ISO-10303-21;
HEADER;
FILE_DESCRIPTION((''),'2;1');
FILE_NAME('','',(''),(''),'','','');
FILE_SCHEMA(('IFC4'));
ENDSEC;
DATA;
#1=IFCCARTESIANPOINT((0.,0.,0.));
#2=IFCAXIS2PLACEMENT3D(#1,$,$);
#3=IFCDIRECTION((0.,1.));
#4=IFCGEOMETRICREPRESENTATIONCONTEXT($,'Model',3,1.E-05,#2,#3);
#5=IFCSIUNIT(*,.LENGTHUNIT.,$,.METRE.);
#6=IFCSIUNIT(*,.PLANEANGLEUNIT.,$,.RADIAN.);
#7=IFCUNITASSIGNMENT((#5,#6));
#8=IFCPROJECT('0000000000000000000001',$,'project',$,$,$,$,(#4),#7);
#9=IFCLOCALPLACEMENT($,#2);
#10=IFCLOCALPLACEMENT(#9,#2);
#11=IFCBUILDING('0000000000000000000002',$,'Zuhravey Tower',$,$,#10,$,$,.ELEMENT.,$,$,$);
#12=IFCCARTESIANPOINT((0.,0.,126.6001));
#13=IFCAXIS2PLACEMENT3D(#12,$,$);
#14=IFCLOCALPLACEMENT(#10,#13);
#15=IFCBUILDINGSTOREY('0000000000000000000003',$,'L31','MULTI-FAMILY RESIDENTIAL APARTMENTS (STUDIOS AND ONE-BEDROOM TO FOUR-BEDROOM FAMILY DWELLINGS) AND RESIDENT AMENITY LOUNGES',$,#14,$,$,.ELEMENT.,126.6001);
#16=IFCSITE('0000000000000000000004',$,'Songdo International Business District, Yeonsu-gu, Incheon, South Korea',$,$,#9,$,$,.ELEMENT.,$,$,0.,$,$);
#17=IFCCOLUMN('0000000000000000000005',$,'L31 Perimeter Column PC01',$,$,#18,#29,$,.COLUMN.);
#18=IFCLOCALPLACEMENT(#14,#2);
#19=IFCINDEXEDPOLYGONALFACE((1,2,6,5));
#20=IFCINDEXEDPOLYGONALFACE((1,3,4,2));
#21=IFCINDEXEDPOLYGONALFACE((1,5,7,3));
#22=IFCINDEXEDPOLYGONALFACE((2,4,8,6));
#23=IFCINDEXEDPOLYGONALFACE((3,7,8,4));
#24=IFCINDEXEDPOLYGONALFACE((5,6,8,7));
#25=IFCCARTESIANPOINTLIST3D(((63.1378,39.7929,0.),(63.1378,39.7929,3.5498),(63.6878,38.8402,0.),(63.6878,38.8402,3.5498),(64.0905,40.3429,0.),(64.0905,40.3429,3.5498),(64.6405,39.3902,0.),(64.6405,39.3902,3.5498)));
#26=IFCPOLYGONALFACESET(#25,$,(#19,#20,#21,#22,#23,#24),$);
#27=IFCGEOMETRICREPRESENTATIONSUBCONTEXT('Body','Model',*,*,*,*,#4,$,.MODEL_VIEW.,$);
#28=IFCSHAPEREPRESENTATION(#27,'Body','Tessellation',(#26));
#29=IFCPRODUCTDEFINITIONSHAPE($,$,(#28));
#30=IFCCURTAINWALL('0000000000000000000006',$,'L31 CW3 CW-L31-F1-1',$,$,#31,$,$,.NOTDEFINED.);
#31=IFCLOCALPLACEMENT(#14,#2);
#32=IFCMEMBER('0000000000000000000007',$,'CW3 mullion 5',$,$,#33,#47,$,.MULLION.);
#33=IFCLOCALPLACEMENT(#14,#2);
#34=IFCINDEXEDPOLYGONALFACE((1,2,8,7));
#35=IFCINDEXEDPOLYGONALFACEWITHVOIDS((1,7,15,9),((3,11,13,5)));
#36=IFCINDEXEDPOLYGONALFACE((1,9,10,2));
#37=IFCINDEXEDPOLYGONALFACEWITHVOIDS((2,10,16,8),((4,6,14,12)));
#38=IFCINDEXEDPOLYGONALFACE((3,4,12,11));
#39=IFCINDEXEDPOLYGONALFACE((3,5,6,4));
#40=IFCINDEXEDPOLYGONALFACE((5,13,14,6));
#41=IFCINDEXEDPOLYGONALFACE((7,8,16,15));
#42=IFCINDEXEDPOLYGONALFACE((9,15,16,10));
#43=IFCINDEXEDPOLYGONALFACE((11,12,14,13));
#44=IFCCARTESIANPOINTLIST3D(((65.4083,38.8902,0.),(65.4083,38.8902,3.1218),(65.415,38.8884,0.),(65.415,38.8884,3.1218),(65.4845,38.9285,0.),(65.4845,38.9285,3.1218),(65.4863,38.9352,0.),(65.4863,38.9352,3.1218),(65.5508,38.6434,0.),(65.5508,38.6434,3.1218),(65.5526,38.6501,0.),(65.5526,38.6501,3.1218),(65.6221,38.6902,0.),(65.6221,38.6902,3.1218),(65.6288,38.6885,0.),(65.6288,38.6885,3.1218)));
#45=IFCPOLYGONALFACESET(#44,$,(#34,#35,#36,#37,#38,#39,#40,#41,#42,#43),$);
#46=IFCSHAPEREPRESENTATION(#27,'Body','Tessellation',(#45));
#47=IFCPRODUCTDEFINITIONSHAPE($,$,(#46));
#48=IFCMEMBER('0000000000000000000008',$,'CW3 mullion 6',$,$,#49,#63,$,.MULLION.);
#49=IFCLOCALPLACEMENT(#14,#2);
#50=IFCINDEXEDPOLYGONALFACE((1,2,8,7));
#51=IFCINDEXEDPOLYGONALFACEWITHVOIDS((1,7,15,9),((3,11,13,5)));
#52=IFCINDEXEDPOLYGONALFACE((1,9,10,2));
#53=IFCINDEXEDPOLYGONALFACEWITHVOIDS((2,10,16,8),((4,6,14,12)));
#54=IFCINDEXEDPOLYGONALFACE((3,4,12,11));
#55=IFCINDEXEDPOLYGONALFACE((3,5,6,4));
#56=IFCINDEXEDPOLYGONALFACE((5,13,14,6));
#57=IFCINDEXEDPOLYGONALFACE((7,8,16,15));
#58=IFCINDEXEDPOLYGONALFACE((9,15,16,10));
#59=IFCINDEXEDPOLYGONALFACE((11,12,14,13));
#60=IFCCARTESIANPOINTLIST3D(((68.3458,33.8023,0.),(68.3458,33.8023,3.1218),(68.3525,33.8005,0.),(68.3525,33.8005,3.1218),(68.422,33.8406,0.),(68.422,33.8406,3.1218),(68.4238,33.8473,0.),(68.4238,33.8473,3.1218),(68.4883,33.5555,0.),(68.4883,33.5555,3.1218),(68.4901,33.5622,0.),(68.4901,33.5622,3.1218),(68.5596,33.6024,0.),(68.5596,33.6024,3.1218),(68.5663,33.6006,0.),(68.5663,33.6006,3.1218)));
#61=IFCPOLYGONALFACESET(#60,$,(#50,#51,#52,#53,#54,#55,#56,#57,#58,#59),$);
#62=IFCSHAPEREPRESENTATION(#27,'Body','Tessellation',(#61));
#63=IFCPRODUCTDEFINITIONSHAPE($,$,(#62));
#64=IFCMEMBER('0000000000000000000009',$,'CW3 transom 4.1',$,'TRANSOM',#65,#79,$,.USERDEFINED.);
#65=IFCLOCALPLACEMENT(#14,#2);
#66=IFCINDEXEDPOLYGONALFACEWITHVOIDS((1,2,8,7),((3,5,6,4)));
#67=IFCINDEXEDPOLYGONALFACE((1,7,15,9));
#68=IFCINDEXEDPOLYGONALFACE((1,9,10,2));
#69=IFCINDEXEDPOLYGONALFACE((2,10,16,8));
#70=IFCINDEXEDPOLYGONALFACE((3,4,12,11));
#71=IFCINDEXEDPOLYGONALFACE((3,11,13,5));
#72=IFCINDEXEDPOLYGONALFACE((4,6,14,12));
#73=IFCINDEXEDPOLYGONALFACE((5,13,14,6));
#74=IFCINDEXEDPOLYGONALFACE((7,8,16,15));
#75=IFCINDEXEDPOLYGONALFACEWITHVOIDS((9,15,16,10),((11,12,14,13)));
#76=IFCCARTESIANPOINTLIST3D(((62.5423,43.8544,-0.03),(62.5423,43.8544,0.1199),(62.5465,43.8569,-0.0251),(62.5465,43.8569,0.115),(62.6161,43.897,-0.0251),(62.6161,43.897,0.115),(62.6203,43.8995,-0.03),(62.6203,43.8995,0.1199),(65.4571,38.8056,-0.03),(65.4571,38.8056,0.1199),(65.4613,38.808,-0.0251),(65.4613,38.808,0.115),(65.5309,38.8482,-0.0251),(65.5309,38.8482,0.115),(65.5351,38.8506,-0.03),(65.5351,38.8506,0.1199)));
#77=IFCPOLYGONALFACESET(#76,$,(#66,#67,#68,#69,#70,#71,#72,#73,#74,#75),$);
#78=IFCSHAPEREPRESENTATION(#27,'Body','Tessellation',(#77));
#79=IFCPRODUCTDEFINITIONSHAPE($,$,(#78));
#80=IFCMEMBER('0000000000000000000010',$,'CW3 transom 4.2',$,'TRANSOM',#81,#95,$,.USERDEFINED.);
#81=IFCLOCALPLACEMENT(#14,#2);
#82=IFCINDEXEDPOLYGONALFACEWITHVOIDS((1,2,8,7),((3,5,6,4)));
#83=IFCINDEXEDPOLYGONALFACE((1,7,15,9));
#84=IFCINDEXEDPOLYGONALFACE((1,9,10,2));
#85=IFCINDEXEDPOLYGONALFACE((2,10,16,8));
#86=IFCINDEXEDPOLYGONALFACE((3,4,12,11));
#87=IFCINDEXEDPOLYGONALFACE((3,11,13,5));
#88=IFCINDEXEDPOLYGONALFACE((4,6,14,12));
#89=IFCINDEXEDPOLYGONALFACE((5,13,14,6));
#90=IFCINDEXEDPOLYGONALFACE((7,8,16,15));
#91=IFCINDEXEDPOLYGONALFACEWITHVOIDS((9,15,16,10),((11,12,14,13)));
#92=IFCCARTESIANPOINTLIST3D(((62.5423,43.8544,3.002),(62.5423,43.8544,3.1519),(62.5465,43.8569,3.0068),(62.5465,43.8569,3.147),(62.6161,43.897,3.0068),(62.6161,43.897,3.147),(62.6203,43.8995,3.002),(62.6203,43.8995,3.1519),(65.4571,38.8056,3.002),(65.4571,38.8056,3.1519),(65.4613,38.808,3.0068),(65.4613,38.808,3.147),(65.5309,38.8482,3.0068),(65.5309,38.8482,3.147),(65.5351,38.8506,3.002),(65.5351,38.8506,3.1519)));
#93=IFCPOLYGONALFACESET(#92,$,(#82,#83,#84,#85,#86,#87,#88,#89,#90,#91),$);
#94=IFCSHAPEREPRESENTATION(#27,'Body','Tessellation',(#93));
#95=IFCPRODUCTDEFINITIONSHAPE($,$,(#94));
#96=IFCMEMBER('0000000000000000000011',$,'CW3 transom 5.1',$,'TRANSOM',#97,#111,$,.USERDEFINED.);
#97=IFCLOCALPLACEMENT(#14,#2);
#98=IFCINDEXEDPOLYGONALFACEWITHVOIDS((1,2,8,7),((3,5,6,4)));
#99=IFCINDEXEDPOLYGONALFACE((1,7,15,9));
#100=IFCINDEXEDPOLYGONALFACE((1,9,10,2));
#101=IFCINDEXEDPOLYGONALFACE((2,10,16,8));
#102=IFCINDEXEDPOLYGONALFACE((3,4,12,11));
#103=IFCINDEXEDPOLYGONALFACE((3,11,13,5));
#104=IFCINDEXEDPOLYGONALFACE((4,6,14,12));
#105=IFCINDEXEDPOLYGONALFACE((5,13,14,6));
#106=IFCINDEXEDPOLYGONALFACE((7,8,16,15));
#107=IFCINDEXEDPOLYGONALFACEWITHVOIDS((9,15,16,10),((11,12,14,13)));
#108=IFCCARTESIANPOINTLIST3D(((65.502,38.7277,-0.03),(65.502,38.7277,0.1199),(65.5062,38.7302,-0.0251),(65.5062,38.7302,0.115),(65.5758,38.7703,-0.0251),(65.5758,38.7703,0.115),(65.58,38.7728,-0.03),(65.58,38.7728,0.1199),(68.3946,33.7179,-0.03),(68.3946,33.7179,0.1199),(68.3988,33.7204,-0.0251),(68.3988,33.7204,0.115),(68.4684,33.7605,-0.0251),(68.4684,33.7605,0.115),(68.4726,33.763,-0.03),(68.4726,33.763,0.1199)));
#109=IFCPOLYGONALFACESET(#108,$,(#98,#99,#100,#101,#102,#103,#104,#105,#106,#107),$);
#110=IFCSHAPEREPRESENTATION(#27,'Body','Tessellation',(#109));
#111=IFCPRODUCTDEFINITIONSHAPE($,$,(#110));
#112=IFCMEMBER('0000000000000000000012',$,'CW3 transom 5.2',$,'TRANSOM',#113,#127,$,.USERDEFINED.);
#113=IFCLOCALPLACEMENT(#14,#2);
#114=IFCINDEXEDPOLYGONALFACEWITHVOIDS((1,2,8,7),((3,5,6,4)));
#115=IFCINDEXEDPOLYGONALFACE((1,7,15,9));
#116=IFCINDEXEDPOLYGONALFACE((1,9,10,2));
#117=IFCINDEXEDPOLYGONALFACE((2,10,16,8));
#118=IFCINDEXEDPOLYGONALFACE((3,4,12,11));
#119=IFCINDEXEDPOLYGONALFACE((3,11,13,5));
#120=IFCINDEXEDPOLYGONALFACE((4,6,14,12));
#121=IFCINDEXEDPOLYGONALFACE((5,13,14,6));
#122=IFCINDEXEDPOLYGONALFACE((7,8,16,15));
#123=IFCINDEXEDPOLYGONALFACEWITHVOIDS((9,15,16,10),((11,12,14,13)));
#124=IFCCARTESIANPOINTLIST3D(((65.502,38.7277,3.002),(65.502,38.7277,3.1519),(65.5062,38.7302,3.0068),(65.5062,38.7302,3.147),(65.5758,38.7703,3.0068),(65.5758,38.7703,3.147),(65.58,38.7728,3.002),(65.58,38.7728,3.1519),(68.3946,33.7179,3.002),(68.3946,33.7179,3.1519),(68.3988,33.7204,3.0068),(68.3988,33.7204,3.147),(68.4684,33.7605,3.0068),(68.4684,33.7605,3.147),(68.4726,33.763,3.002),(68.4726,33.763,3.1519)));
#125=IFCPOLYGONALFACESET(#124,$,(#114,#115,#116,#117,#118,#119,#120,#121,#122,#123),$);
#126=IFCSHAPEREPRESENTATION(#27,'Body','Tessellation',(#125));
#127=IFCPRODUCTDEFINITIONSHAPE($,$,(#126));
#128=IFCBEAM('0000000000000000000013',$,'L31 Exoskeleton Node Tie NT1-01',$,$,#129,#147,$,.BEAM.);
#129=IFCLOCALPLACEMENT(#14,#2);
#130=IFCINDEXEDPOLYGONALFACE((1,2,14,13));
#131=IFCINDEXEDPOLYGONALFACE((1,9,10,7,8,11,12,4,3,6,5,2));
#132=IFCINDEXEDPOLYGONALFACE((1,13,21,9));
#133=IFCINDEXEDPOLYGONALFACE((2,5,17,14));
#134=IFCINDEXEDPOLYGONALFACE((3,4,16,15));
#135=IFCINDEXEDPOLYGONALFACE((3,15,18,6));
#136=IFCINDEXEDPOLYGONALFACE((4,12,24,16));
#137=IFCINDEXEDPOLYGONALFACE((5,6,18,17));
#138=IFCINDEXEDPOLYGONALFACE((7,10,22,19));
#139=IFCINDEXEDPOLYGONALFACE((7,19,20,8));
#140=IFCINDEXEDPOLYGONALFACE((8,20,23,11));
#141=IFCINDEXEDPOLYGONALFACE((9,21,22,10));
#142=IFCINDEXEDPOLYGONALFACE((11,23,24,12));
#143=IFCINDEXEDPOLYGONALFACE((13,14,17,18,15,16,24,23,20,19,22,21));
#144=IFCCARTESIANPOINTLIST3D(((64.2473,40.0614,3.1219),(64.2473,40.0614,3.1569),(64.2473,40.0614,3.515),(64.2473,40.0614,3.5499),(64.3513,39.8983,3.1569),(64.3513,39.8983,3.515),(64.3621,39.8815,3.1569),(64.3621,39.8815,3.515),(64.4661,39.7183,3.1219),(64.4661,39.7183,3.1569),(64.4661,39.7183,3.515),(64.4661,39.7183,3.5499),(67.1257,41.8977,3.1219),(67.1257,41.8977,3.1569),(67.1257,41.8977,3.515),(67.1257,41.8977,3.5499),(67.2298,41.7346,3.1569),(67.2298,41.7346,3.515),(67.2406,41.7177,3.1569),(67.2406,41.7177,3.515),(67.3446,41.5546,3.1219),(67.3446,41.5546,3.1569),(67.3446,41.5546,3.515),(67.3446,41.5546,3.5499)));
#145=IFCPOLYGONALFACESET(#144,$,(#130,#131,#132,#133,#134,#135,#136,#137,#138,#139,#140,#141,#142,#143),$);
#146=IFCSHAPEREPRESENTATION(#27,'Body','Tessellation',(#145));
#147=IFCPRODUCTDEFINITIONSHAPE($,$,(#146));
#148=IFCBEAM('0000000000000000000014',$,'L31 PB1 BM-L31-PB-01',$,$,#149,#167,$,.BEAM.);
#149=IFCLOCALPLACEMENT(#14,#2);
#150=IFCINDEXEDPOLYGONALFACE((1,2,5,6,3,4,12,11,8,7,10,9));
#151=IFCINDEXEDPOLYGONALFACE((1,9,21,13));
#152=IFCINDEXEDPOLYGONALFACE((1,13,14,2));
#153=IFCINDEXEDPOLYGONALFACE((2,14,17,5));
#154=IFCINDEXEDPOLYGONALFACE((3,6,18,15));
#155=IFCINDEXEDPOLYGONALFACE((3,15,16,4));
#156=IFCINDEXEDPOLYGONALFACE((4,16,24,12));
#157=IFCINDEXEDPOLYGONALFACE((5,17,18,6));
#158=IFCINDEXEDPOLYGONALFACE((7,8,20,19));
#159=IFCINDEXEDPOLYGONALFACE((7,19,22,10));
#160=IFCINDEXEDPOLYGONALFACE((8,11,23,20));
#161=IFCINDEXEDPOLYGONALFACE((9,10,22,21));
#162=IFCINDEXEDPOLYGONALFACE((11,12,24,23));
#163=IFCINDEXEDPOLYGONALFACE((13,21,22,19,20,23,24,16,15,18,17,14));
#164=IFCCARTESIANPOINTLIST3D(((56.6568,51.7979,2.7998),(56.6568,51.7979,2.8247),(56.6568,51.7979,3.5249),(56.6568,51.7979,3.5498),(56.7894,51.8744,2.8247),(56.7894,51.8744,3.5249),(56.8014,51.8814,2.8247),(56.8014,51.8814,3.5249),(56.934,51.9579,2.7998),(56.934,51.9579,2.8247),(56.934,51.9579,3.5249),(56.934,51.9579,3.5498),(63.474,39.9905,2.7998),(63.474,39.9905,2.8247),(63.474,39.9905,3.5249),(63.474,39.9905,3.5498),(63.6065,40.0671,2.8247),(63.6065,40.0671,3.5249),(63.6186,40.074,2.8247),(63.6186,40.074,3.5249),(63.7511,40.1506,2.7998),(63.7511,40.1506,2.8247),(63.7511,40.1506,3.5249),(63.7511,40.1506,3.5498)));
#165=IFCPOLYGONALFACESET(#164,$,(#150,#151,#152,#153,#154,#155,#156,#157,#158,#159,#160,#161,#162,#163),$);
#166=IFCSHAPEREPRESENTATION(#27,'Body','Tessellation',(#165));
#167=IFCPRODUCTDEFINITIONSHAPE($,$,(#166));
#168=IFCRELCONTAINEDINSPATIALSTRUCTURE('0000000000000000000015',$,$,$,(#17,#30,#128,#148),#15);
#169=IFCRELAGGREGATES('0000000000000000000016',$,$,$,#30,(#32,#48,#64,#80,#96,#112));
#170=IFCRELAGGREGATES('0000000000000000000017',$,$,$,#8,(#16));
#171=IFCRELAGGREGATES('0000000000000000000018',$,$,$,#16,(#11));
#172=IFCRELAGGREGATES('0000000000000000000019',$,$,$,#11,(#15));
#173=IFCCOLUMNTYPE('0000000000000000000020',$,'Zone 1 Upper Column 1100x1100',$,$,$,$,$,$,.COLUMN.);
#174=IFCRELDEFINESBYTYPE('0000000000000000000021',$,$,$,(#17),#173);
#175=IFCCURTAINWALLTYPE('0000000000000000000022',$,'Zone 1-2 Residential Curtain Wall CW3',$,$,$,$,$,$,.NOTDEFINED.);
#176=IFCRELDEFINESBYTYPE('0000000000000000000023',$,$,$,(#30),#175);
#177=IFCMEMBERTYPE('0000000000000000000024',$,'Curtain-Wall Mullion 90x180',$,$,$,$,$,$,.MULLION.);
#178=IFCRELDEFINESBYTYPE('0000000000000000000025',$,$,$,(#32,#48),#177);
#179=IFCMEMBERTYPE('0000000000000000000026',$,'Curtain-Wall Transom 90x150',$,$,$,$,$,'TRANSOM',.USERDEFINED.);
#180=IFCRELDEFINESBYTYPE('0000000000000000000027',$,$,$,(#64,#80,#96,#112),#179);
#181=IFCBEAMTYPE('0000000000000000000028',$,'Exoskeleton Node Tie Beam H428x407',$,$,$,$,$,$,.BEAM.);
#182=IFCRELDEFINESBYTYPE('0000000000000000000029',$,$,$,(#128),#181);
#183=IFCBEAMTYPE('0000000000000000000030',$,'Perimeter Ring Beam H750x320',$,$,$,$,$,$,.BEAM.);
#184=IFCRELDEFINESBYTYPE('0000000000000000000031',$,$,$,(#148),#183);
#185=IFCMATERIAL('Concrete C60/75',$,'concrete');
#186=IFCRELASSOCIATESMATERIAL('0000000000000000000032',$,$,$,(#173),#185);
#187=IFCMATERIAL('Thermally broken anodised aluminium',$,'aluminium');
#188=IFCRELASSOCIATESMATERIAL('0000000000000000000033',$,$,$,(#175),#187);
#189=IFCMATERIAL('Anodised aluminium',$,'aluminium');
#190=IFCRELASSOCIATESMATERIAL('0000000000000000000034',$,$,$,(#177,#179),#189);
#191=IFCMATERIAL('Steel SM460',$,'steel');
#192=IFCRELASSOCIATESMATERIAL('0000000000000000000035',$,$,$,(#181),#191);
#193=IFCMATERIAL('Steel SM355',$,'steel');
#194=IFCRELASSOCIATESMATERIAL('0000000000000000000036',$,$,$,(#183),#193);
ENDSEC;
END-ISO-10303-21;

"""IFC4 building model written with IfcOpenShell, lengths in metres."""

from ifc_helpers import new_model, si_unit, direction, frame, origin, origin_2d, place, context, subcontext, project, spatial, rectangle, hollow_rectangle, i_section, extrude, material, material_profile, profile_set, type_object, element, aggregate, save


model = new_model("IFC4")

# Units and contexts
model_context = context("Model", 3, precision=1e-05, world=origin(), true_north=direction((0.0, 1.0)))
body_context = subcontext(model_context, "Body", "Model", "MODEL_VIEW")
ifc_project = project(units=[si_unit("LENGTHUNIT", "METRE"), si_unit("PLANEANGLEUNIT", "RADIAN")], contexts=[model_context])

# Site, building, storey
site_placement = place(None, origin())
site = spatial("IfcSite", under=ifc_project, at=site_placement, Name="Songdo International Business District, Yeonsu-gu, Incheon, South Korea", CompositionType="ELEMENT", RefElevation=0.0)
building_placement = place(site_placement, origin())
building = spatial("IfcBuilding", under=site, at=building_placement, Name="Zuhravey Tower", CompositionType="ELEMENT")
storey_placement = place(building_placement, frame((0.0, 0.0, 126.6001)))
storey = spatial("IfcBuildingStorey", under=building, at=storey_placement, Name="L31", Description="MULTI-FAMILY RESIDENTIAL APARTMENTS (STUDIOS AND ONE-BEDROOM TO FOUR-BEDROOM FAMILY DWELLINGS) AND RESIDENT AMENITY LOUNGES", CompositionType="ELEMENT", Elevation=126.6001)

# Column
ifc_material_1 = material(Name="Concrete C60/75", Category="concrete")
ifc_material_profile_1 = material_profile(ifc_material_1, rectangle(XDim=1.1001, YDim=1.1001, at=origin_2d()), Name="RC-1100x1100")
ifc_profile_set_1 = profile_set([ifc_material_profile_1], Name="Concrete C60/75")
column_type = type_object("IfcColumnType", Name="Zone 1 Upper Column 1100x1100", PredefinedType="COLUMN", material=ifc_profile_set_1)
column_placement = place(storey_placement, frame((63.8892, 39.5916, 0.0), z_axis=(0.0, 0.0, 1.0), x_axis=(-0.5, 0.866025, 0.0)))
element("IfcColumn", 1, at=column_placement, inside=storey, type_object=column_type, Name="L31 Perimeter Column PC01", PredefinedType="COLUMN", context=body_context, shape_type="SweptSolid", body=[
    extrude(rectangle(XDim=1.1001, YDim=1.1001, at=origin_2d()), origin(), (0.0, 0.0, 1.0), 3.5498),
])

# Curtain wall, members
ifc_material_2 = material(Name="Thermally broken anodised aluminium", Category="aluminium")
curtain_wall_type = type_object("IfcCurtainWallType", Name="Zone 1-2 Residential Curtain Wall CW3", PredefinedType="NOTDEFINED", material=ifc_material_2)
curtain_wall_placement = place(storey_placement, origin())
curtain_wall = element("IfcCurtainWall", 2, at=curtain_wall_placement, inside=storey, type_object=curtain_wall_type, Name="L31 CW3 CW-L31-F1-1", PredefinedType="NOTDEFINED")
ifc_material_3 = material(Name="Anodised aluminium", Category="aluminium")
ifc_material_profile_2 = material_profile(ifc_material_3, hollow_rectangle(XDim=0.0901, YDim=0.2849, WallThickness=0.0049, at=origin_2d()), Name="ALU-RHS-90x285x5")
ifc_profile_set_2 = profile_set([ifc_material_profile_2], Name="Anodised aluminium")
member_type_1 = type_object("IfcMemberType", Name="Curtain-Wall Mullion 90x180", PredefinedType="MULLION", material=ifc_profile_set_2)
member_1_placement = place(storey_placement, frame((65.5186, 38.7893, 0.0), z_axis=(0.0, 0.0, 1.0), x_axis=(0.866026, 0.5, 0.0)))
member_1 = element("IfcMember", 3, at=member_1_placement, type_object=member_type_1, Name="CW3 mullion 5", PredefinedType="MULLION", context=body_context, shape_type="SweptSolid", body=[
    extrude(hollow_rectangle(XDim=0.0901, YDim=0.2849, WallThickness=0.0049, at=origin_2d()), origin(), (0.0, 0.0, 1.0), 3.1218),
])
member_2_placement = place(storey_placement, frame((68.4561, 33.7014, 0.0), z_axis=(0.0, 0.0, 1.0), x_axis=(0.866026, 0.5, 0.0)))
member_2 = element("IfcMember", 4, at=member_2_placement, type_object=member_type_1, Name="CW3 mullion 6", PredefinedType="MULLION", context=body_context, shape_type="SweptSolid", body=[
    extrude(hollow_rectangle(XDim=0.0901, YDim=0.2849, WallThickness=0.0049, at=origin_2d()), origin(), (0.0, 0.0, 1.0), 3.1218),
])
ifc_material_profile_3 = material_profile(ifc_material_3, hollow_rectangle(XDim=0.0901, YDim=0.1499, WallThickness=0.0049, at=origin_2d()), Name="ALU-RHS-90x150x5")
ifc_profile_set_3 = profile_set([ifc_material_profile_3], Name="Anodised aluminium")
member_type_2 = type_object("IfcMemberType", Name="Curtain-Wall Transom 90x150", ElementType="TRANSOM", PredefinedType="USERDEFINED", material=ifc_profile_set_3)
member_3_placement = place(storey_placement, frame((62.5813, 43.877, 0.0449), z_axis=(0.499981, -0.866036, 0.0), x_axis=(0.866036, 0.499981, 0.0)))
member_3 = element("IfcMember", 5, at=member_3_placement, type_object=member_type_2, Name="CW3 transom 4.1", ObjectType="TRANSOM", PredefinedType="USERDEFINED", context=body_context, shape_type="SweptSolid", body=[
    extrude(hollow_rectangle(XDim=0.0901, YDim=0.1499, WallThickness=0.0049, at=origin_2d()), origin(), (0.0, 0.0, 1.0), 5.8298),
])
member_4_placement = place(storey_placement, frame((62.5813, 43.877, 3.0769), z_axis=(0.499981, -0.866036, 0.0), x_axis=(0.866036, 0.499981, 0.0)))
member_4 = element("IfcMember", 6, at=member_4_placement, type_object=member_type_2, Name="CW3 transom 4.2", ObjectType="TRANSOM", PredefinedType="USERDEFINED", context=body_context, shape_type="SweptSolid", body=[
    extrude(hollow_rectangle(XDim=0.0901, YDim=0.1499, WallThickness=0.0049, at=origin_2d()), origin(), (0.0, 0.0, 1.0), 5.8298),
])
member_5_placement = place(storey_placement, frame((65.541, 38.7502, 0.0449), z_axis=(0.500024, -0.866011, 0.0), x_axis=(0.866011, 0.500024, 0.0)))
member_5 = element("IfcMember", 7, at=member_5_placement, type_object=member_type_2, Name="CW3 transom 5.1", ObjectType="TRANSOM", PredefinedType="USERDEFINED", context=body_context, shape_type="SweptSolid", body=[
    extrude(hollow_rectangle(XDim=0.0901, YDim=0.1499, WallThickness=0.0049, at=origin_2d()), origin(), (0.0, 0.0, 1.0), 5.7849),
])
member_6_placement = place(storey_placement, frame((65.541, 38.7502, 3.0769), z_axis=(0.500024, -0.866011, 0.0), x_axis=(0.866011, 0.500024, 0.0)))
member_6 = element("IfcMember", 8, at=member_6_placement, type_object=member_type_2, Name="CW3 transom 5.2", ObjectType="TRANSOM", PredefinedType="USERDEFINED", context=body_context, shape_type="SweptSolid", body=[
    extrude(hollow_rectangle(XDim=0.0901, YDim=0.1499, WallThickness=0.0049, at=origin_2d()), origin(), (0.0, 0.0, 1.0), 5.7849),
])

# Beams
ifc_material_4 = material(Name="Steel SM460", Category="steel")
ifc_material_profile_4 = material_profile(ifc_material_4, i_section(OverallWidth=0.407, OverallDepth=0.428, WebThickness=0.02, FlangeThickness=0.0349, at=origin_2d()), Name="H-428x407x20x35")
ifc_profile_set_4 = profile_set([ifc_material_profile_4], Name="Steel SM460")
beam_type_1 = type_object("IfcBeamType", Name="Exoskeleton Node Tie Beam H428x407", PredefinedType="BEAM", material=ifc_profile_set_4)
beam_1_placement = place(storey_placement, frame((64.3567, 39.8899, 3.3359), z_axis=(0.843069, 0.537805, 0.0), x_axis=(-0.537805, 0.843069, 0.0)))
element("IfcBeam", 9, at=beam_1_placement, inside=storey, type_object=beam_type_1, Name="L31 Exoskeleton Node Tie NT1-01", PredefinedType="BEAM", context=body_context, shape_type="SweptSolid", body=[
    extrude(i_section(OverallWidth=0.407, OverallDepth=0.428, WebThickness=0.02, FlangeThickness=0.0349, at=origin_2d()), origin(), (0.0, 0.0, 1.0), 3.4143),
])
ifc_material_5 = material(Name="Steel SM355", Category="steel")
ifc_material_profile_5 = material_profile(ifc_material_5, i_section(OverallWidth=0.3201, OverallDepth=0.75, WebThickness=0.0139, FlangeThickness=0.0249, at=origin_2d()), Name="H-750x320x14x25")
ifc_profile_set_5 = profile_set([ifc_material_profile_5], Name="Steel SM355")
beam_type_2 = type_object("IfcBeamType", Name="Perimeter Ring Beam H750x320", PredefinedType="BEAM", material=ifc_profile_set_5)
beam_2_placement = place(storey_placement, frame((63.6125, 40.0706, 3.1748), z_axis=(-0.500008, 0.866021, 0.0), x_axis=(-0.866021, -0.500008, 0.0)))
element("IfcBeam", 10, at=beam_2_placement, inside=storey, type_object=beam_type_2, Name="L31 PB1 BM-L31-PB-01", PredefinedType="BEAM", context=body_context, shape_type="SweptSolid", body=[
    extrude(i_section(OverallWidth=0.3201, OverallDepth=0.75, WebThickness=0.0139, FlangeThickness=0.0249, at=origin_2d()), origin(), (0.0, 0.0, 1.0), 13.634),
])

aggregate(curtain_wall, [member_1, member_2, member_3, member_4, member_5, member_6])

save(model, "model.ifc")
